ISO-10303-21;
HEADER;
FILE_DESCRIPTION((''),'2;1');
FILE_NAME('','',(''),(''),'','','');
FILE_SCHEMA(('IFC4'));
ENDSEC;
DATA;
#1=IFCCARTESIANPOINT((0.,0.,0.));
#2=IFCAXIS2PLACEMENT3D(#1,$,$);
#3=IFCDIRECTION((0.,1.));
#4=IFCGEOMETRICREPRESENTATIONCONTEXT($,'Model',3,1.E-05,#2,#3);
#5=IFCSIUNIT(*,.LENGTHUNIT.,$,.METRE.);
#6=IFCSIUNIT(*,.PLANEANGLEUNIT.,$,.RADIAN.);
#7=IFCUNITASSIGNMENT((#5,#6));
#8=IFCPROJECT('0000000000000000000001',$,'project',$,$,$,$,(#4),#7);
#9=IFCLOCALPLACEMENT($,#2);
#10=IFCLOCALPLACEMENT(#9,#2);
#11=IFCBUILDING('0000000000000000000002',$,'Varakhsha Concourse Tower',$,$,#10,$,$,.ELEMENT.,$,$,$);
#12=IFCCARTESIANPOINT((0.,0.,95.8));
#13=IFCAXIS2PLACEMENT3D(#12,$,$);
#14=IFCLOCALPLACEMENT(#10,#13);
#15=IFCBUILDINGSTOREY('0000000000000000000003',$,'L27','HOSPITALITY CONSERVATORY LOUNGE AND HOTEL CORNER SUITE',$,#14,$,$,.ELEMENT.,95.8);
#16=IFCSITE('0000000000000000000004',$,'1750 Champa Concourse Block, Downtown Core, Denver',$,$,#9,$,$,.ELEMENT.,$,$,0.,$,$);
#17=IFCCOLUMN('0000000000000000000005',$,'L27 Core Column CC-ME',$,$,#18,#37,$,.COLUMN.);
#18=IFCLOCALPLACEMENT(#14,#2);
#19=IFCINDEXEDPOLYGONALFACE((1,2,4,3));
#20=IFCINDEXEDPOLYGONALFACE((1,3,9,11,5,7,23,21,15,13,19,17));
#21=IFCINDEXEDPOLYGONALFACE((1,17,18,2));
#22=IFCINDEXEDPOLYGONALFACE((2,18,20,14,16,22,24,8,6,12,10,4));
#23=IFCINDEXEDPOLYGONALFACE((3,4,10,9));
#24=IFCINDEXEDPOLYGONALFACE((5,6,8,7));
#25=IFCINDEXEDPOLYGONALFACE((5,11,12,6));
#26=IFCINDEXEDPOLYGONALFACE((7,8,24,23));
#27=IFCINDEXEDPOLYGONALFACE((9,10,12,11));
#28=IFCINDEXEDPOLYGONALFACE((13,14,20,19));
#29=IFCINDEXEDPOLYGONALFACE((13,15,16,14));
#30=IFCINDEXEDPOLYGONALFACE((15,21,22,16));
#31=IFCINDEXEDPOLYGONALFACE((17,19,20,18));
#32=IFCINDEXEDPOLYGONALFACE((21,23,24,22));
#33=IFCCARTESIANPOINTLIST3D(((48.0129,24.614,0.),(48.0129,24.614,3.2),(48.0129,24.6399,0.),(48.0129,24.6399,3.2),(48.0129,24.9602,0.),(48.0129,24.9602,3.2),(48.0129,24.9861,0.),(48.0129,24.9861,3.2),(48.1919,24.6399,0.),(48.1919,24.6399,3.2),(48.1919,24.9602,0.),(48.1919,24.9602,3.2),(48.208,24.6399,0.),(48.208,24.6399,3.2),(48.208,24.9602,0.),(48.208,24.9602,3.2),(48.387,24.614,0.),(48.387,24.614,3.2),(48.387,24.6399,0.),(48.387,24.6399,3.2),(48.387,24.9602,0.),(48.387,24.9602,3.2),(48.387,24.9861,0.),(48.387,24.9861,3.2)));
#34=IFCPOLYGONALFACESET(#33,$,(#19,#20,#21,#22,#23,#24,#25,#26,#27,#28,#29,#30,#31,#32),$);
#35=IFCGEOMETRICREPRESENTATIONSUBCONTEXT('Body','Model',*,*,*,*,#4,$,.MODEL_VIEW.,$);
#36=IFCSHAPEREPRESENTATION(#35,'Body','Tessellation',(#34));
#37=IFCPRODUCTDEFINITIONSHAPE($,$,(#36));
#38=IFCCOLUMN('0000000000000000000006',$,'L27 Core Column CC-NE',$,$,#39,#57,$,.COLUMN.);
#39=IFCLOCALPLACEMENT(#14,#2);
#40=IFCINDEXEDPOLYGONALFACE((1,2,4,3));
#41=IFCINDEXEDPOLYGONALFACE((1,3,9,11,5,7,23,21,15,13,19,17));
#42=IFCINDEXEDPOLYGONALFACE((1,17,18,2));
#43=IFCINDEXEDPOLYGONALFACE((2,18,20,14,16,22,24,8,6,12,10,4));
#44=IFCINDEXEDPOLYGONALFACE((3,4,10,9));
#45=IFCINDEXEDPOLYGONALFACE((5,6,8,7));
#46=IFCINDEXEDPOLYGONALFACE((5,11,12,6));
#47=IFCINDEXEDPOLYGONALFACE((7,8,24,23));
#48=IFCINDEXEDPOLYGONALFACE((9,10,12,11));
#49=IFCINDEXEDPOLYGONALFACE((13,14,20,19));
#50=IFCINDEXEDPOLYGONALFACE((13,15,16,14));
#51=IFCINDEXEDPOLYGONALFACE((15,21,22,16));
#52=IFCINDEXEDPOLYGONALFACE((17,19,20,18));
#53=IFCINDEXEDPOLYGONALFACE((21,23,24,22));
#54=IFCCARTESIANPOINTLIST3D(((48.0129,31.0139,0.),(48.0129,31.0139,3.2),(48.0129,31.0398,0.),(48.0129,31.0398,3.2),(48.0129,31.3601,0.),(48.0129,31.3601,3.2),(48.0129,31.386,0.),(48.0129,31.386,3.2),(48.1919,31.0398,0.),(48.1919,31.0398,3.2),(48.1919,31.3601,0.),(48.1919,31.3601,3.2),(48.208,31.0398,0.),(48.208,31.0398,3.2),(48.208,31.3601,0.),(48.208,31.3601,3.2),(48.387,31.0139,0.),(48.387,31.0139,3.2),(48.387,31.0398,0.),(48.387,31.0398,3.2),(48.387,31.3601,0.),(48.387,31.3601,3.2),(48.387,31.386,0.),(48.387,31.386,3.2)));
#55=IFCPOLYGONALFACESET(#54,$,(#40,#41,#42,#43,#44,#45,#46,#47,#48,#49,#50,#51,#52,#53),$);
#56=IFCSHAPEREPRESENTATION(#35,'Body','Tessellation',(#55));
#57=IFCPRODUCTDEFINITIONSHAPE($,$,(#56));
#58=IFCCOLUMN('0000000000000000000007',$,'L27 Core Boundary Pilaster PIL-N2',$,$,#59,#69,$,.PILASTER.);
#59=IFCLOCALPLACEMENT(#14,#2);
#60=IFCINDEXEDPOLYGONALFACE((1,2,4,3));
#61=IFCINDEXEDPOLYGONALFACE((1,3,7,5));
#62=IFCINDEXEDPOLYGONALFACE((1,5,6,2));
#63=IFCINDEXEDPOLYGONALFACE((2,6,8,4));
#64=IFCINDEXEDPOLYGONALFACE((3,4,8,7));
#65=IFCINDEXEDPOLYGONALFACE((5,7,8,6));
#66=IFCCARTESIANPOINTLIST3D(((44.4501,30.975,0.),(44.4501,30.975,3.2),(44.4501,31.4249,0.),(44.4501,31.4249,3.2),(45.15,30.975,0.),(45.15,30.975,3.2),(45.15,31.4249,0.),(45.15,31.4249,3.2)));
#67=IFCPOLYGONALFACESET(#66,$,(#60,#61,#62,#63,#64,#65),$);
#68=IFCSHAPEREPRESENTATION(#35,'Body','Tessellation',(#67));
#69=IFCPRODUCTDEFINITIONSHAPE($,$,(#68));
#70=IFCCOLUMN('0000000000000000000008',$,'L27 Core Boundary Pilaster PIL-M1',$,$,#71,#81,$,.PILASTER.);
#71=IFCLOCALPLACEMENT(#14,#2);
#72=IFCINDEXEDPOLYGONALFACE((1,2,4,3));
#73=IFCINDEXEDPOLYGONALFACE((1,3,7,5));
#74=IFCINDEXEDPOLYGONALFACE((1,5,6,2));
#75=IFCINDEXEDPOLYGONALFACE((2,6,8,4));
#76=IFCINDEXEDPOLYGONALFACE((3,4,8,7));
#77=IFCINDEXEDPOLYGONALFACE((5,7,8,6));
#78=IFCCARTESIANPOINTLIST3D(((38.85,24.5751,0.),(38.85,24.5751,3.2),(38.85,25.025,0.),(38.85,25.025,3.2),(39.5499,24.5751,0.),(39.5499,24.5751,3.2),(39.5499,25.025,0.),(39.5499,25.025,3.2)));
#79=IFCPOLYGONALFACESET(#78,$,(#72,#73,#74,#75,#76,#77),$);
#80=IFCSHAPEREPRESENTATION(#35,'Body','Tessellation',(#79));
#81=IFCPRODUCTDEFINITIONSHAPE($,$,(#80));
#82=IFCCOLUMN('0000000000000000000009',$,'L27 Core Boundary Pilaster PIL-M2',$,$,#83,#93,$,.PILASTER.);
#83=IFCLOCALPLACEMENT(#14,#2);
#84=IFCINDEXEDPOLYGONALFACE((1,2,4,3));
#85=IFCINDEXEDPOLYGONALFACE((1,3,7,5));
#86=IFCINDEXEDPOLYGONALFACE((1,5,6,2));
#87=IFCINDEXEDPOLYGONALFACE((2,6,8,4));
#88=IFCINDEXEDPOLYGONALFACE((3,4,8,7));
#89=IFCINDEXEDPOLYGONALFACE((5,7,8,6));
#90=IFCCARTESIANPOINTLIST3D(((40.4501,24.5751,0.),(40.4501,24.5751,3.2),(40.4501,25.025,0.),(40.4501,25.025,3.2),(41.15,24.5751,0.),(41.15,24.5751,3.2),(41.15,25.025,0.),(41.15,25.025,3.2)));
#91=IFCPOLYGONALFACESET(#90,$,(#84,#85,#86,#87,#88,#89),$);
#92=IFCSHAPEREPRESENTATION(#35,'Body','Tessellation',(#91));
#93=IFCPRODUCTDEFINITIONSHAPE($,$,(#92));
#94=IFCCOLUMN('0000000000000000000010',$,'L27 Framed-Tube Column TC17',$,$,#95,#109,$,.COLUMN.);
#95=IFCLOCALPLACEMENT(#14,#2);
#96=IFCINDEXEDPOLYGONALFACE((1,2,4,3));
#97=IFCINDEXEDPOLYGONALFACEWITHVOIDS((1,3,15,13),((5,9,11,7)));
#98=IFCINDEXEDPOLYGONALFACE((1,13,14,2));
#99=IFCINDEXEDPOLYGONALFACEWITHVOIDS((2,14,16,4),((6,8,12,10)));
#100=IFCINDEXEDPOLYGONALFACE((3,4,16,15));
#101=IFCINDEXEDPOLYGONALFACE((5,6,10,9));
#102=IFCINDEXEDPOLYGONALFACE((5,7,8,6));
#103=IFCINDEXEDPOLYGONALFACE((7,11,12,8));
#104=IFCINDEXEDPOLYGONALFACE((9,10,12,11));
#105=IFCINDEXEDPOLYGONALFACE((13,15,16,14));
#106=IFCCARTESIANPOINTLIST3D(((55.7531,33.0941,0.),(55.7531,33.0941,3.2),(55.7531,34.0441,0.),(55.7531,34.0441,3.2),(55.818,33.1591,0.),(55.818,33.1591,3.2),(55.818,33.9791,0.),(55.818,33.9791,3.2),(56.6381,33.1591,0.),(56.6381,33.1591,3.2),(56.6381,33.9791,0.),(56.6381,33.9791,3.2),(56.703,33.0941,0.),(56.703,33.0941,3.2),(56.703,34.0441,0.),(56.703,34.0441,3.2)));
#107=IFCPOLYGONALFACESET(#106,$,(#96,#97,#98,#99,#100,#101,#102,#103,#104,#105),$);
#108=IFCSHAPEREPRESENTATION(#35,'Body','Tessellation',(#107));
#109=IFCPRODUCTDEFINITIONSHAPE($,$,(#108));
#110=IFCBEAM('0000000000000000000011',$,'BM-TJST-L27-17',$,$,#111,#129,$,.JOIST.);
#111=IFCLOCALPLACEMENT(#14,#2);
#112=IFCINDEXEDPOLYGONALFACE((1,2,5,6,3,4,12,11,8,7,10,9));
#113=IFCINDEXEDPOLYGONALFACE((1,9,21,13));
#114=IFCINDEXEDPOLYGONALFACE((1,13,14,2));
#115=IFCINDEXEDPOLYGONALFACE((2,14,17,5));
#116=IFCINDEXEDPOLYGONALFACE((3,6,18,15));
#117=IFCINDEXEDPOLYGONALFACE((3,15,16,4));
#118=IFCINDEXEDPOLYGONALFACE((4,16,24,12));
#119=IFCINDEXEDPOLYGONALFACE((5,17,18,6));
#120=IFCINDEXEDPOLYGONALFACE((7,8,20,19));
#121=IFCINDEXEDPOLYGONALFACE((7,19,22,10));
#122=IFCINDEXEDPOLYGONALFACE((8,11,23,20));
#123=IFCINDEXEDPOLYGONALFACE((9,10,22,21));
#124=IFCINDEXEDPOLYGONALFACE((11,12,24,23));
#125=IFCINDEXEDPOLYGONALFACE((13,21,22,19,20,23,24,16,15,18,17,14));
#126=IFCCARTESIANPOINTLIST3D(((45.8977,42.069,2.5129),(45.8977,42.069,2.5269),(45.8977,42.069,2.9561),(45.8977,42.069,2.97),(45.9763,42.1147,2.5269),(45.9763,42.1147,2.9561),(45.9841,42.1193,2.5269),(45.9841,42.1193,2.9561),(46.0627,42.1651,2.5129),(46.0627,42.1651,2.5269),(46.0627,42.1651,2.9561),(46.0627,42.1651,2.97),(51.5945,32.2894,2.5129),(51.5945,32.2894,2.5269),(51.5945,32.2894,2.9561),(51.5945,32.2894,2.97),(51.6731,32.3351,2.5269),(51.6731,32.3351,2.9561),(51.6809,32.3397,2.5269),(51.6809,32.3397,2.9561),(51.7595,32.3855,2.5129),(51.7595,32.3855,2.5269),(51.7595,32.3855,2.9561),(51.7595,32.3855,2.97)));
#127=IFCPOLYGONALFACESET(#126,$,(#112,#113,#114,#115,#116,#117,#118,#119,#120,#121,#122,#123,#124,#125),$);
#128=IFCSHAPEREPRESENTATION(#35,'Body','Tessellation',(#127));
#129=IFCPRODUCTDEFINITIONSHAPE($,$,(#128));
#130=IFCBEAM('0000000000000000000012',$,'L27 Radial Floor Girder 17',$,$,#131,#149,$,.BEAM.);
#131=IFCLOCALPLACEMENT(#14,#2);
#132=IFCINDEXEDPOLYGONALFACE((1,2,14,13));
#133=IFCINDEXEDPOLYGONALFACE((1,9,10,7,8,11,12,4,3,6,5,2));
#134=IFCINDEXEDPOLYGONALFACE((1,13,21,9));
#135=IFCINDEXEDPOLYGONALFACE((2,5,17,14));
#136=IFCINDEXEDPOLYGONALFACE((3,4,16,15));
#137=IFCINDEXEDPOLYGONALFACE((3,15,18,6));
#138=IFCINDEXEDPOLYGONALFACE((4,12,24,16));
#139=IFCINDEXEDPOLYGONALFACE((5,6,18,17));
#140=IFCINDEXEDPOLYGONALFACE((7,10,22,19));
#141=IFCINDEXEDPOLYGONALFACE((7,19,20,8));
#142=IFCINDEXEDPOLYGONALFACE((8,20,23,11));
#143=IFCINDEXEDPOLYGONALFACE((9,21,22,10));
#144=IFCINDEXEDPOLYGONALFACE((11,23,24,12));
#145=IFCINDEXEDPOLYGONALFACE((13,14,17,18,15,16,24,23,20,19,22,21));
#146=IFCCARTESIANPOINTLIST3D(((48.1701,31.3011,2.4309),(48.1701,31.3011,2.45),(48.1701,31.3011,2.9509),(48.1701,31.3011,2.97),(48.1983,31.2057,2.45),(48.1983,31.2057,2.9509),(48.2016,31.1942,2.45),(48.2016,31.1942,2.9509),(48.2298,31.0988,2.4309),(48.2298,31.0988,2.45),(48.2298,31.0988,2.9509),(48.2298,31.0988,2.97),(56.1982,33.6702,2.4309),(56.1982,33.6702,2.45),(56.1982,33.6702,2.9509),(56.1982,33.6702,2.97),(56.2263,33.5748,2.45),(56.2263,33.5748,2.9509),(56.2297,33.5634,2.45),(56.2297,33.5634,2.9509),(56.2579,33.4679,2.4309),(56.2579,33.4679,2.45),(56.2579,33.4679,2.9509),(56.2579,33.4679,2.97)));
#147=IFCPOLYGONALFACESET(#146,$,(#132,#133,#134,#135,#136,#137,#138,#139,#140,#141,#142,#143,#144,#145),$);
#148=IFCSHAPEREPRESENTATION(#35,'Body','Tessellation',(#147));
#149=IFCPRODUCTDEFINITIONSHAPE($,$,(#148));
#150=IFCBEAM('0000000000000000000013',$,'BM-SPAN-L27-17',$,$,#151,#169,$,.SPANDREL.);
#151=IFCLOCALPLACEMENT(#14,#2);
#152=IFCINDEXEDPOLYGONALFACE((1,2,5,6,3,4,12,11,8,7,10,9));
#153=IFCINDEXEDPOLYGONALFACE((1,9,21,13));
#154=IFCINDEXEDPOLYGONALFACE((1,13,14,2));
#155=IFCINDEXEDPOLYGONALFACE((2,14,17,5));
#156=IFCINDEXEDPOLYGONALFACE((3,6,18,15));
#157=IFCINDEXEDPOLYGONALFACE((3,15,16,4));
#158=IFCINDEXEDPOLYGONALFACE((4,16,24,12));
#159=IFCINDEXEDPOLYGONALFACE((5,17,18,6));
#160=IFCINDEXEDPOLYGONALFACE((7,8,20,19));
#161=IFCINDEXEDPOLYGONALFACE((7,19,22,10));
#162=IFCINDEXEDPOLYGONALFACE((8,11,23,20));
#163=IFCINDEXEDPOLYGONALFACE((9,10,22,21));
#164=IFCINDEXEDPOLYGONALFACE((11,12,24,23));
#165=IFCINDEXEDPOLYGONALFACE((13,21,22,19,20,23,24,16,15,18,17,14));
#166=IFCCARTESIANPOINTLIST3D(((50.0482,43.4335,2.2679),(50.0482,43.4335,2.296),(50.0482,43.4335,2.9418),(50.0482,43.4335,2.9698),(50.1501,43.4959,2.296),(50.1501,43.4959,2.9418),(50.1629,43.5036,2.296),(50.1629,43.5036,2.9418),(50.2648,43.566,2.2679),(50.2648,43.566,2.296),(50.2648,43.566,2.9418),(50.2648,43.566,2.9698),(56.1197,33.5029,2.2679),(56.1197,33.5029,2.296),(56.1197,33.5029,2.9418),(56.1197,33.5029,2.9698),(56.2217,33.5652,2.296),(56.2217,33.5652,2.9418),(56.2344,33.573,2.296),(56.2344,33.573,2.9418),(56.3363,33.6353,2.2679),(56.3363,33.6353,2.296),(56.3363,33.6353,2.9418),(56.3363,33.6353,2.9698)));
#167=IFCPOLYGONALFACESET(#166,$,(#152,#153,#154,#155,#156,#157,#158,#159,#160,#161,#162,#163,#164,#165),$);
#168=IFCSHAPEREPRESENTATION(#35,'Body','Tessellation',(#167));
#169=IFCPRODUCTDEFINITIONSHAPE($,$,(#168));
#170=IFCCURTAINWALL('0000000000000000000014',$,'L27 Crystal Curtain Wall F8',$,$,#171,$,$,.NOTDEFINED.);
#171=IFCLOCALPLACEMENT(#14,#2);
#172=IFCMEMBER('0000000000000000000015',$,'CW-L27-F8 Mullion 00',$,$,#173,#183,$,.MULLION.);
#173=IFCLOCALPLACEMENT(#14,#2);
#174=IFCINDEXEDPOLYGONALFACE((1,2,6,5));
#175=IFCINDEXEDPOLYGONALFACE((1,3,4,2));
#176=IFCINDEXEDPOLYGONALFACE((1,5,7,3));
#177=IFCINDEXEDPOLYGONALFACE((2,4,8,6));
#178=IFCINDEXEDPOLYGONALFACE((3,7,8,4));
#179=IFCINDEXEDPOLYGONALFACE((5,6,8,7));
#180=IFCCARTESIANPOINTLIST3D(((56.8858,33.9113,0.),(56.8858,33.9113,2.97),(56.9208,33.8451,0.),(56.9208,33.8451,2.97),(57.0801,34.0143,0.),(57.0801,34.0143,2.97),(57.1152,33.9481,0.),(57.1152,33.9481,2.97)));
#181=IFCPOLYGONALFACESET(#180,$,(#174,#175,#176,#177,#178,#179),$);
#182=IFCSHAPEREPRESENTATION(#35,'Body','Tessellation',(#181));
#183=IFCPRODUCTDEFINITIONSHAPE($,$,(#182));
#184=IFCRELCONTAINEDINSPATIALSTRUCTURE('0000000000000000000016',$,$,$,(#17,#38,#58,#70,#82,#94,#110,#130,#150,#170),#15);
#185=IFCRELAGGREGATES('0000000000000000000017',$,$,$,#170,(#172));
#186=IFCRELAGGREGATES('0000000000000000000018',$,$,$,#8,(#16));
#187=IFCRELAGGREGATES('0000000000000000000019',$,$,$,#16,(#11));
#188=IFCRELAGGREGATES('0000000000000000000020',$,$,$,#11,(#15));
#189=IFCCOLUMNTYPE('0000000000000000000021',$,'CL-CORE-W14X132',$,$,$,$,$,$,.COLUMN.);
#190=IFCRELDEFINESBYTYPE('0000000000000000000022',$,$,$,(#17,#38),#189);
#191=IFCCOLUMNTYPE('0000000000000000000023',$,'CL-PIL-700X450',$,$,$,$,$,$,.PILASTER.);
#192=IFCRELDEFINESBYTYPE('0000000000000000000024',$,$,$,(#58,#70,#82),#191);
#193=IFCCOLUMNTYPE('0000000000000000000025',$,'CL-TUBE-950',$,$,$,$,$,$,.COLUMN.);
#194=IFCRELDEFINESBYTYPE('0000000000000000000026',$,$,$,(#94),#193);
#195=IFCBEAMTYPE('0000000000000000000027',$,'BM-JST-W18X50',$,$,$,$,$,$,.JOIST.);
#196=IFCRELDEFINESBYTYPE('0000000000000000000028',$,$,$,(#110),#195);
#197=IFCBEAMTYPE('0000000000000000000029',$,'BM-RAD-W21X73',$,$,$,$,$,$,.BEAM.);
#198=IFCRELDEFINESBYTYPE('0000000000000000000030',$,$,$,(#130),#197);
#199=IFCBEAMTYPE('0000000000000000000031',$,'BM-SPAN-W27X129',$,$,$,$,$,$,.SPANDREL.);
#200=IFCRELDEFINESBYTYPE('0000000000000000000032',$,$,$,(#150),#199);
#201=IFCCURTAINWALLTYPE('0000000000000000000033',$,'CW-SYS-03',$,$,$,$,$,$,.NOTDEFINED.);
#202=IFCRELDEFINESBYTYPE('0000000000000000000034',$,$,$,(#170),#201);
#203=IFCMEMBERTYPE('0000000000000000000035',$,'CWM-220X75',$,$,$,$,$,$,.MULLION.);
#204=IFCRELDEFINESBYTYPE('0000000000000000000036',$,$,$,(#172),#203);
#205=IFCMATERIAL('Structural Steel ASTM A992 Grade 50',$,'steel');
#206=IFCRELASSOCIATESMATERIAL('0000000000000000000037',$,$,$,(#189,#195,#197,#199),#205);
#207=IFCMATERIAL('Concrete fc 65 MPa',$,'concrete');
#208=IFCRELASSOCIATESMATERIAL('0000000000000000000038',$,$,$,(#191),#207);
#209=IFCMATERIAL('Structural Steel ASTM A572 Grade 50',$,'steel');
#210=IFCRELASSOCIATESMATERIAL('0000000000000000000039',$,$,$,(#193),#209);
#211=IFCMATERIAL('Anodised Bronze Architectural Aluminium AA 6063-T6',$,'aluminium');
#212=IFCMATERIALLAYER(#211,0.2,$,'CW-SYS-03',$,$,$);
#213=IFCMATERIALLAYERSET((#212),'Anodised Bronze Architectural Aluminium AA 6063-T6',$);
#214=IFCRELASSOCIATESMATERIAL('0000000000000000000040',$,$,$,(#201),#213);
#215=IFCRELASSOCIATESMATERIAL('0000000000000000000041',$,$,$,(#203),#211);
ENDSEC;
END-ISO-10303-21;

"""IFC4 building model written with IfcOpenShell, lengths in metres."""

from ifc_helpers import new_model, si_unit, direction, frame, origin, origin_2d, place, context, subcontext, project, spatial, rectangle, hollow_rectangle, i_section, extrude, source, transform, mapped, material, layer, layer_set, material_profile, profile_set, type_object, type_shapes, element, aggregate, save


model = new_model("IFC4")

# Units and contexts
model_context = context("Model", 3, precision=1e-05, world=origin(), true_north=direction((0.0, 1.0)))
body_context = subcontext(model_context, "Body", "Model", "MODEL_VIEW")
ifc_project = project(units=[si_unit("LENGTHUNIT", "METRE"), si_unit("PLANEANGLEUNIT", "RADIAN")], contexts=[model_context])

# Site, building, storey
site_placement = place(None, origin())
site = spatial("IfcSite", under=ifc_project, at=site_placement, Name="1750 Champa Concourse Block, Downtown Core, Denver", CompositionType="ELEMENT", RefElevation=0.0)
building_placement = place(site_placement, origin())
building = spatial("IfcBuilding", under=site, at=building_placement, Name="Varakhsha Concourse Tower", CompositionType="ELEMENT")
storey_placement = place(building_placement, frame((0.0, 0.0, 95.8)))
storey = spatial("IfcBuildingStorey", under=building, at=storey_placement, Name="L27", Description="HOSPITALITY CONSERVATORY LOUNGE AND HOTEL CORNER SUITE", CompositionType="ELEMENT", Elevation=95.8)

# Columns
ifc_material_1 = material(Name="Structural Steel ASTM A992 Grade 50", Category="steel")
ifc_material_profile_1 = material_profile(ifc_material_1, i_section(OverallWidth=0.374, OverallDepth=0.3721, WebThickness=0.0161, FlangeThickness=0.0259, at=origin_2d()), Name="W14X132")
ifc_profile_set_1 = profile_set([ifc_material_profile_1], Name="Structural Steel ASTM A992 Grade 50")
column_type_1 = type_object("IfcColumnType", Name="CL-CORE-W14X132", PredefinedType="COLUMN", material=ifc_profile_set_1)
for number, where, z_axis, x_axis, name in (
    (1, (48.2, 24.8, 0.0), (0.0, 0.0, 1.0), (1.0, 0.0, 0.0), "L27 Core Column CC-ME"),
    (2, (48.2, 31.2, 0.0), (0.0, 0.0, 1.0), (1.0, 0.0, 0.0), "L27 Core Column CC-NE"),
):
    element("IfcColumn", number, at=place(storey_placement, frame(where, z_axis=z_axis, x_axis=x_axis)), inside=storey, type_object=column_type_1, Name=name, PredefinedType="COLUMN", context=body_context, shape_type="SweptSolid", body=[
        extrude(i_section(OverallWidth=0.374, OverallDepth=0.3721, WebThickness=0.0161, FlangeThickness=0.0259, at=origin_2d()), origin(), (0.0, 0.0, 1.0), 3.2),
    ])
ifc_material_2 = material(Name="Concrete fc 65 MPa", Category="concrete")
ifc_material_profile_2 = material_profile(ifc_material_2, rectangle(XDim=0.7, YDim=0.45, at=origin_2d()), Name="RC 700x450")
ifc_profile_set_2 = profile_set([ifc_material_profile_2], Name="Concrete fc 65 MPa")
column_type_2 = type_object("IfcColumnType", Name="CL-PIL-700X450", PredefinedType="PILASTER", material=ifc_profile_set_2)
for number, where, z_axis, x_axis, name in (
    (3, (44.8, 31.2, 0.0), (0.0, 0.0, 1.0), (1.0, 0.0, 0.0), "L27 Core Boundary Pilaster PIL-N2"),
    (4, (39.2, 24.8, 0.0), (0.0, 0.0, 1.0), (1.0, 0.0, 0.0), "L27 Core Boundary Pilaster PIL-M1"),
    (5, (40.8, 24.8, 0.0), (0.0, 0.0, 1.0), (1.0, 0.0, 0.0), "L27 Core Boundary Pilaster PIL-M2"),
):
    element("IfcColumn", number, at=place(storey_placement, frame(where, z_axis=z_axis, x_axis=x_axis)), inside=storey, type_object=column_type_2, Name=name, PredefinedType="PILASTER", context=body_context, shape_type="SweptSolid", body=[
        extrude(rectangle(XDim=0.7, YDim=0.45, at=origin_2d()), origin(), (0.0, 0.0, 1.0), 3.2),
    ])
ifc_material_3 = material(Name="Structural Steel ASTM A572 Grade 50", Category="steel")
ifc_material_profile_3 = material_profile(ifc_material_3, hollow_rectangle(XDim=0.95, YDim=0.95, WallThickness=0.0649, at=origin_2d()), Name="BOX 950x950x65")
ifc_profile_set_3 = profile_set([ifc_material_profile_3], Name="Structural Steel ASTM A572 Grade 50")
column_type_3 = type_object("IfcColumnType", Name="CL-TUBE-950", PredefinedType="COLUMN", material=ifc_profile_set_3)
column_placement = place(storey_placement, frame((56.228, 33.5691, 0.0), z_axis=(0.0, 0.0, 1.0), x_axis=(1.0, 0.0, 0.0)))
element("IfcColumn", 6, at=column_placement, inside=storey, type_object=column_type_3, Name="L27 Framed-Tube Column TC17", PredefinedType="COLUMN", context=body_context, shape_type="SweptSolid", body=[
    extrude(hollow_rectangle(XDim=0.95, YDim=0.95, WallThickness=0.0649, at=origin_2d()), origin(), (0.0, 0.0, 1.0), 3.2),
])

# Beams
ifc_material_profile_4 = material_profile(ifc_material_1, i_section(OverallWidth=0.1909, OverallDepth=0.457, WebThickness=0.009, FlangeThickness=0.0139, at=origin_2d()), Name="W18X50")
ifc_profile_set_4 = profile_set([ifc_material_profile_4], Name="Structural Steel ASTM A992 Grade 50")
beam_type_1 = type_object("IfcBeamType", Name="BM-JST-W18X50", PredefinedType="JOIST", material=ifc_profile_set_4)
beam_1_placement = place(storey_placement, frame((51.677, 32.3374, 2.7415), z_axis=(-0.503347, 0.864085, 0.0), x_axis=(-0.864085, -0.503347, 0.0)))
element("IfcBeam", 7, at=beam_1_placement, inside=storey, type_object=beam_type_1, Name="BM-TJST-L27-17", PredefinedType="JOIST", context=body_context, shape_type="SweptSolid", body=[
    extrude(i_section(OverallWidth=0.1909, OverallDepth=0.457, WebThickness=0.009, FlangeThickness=0.0139, at=origin_2d()), origin(), (0.0, 0.0, 1.0), 11.3179),
])
ifc_material_profile_5 = material_profile(ifc_material_1, i_section(OverallWidth=0.2109, OverallDepth=0.5391, WebThickness=0.012, FlangeThickness=0.019, at=origin_2d()), Name="W21X73")
ifc_profile_set_5 = profile_set([ifc_material_profile_5], Name="Structural Steel ASTM A992 Grade 50")
beam_type_2 = type_object("IfcBeamType", Name="BM-RAD-W21X73", PredefinedType="BEAM", material=ifc_profile_set_5)
beam_2_placement = place(storey_placement, frame((48.2, 31.2, 2.7004), z_axis=(0.959108, 0.283039, 0.0), x_axis=(-0.283039, 0.959108, 0.0)))
element("IfcBeam", 8, at=beam_2_placement, inside=storey, type_object=beam_type_2, Name="L27 Radial Floor Girder 17", PredefinedType="BEAM", context=body_context, shape_type="SweptSolid", body=[
    extrude(i_section(OverallWidth=0.2109, OverallDepth=0.5391, WebThickness=0.012, FlangeThickness=0.019, at=origin_2d()), origin(), (0.0, 0.0, 1.0), 8.3704),
])
ifc_material_profile_6 = material_profile(ifc_material_1, i_section(OverallWidth=0.2539, OverallDepth=0.7019, WebThickness=0.0149, FlangeThickness=0.0281, at=origin_2d()), Name="W27X129")
ifc_profile_set_6 = profile_set([ifc_material_profile_6], Name="Structural Steel ASTM A992 Grade 50")
beam_type_3 = type_object("IfcBeamType", Name="BM-SPAN-W27X129", PredefinedType="SPANDREL", material=ifc_profile_set_6)
beam_3_placement = place(storey_placement, frame((56.228, 33.5691, 2.6189), z_axis=(-0.521625, 0.853175, 0.0), x_axis=(-0.853175, -0.521625, 0.0)))
element("IfcBeam", 9, at=beam_3_placement, inside=storey, type_object=beam_type_3, Name="BM-SPAN-L27-17", PredefinedType="SPANDREL", context=body_context, shape_type="SweptSolid", body=[
    extrude(i_section(OverallWidth=0.2539, OverallDepth=0.7019, WebThickness=0.0149, FlangeThickness=0.0281, at=origin_2d()), origin(), (0.0, 0.0, 1.0), 11.6396),
])

# Curtain wall, member
ifc_material_4 = material(Name="Anodised Bronze Architectural Aluminium AA 6063-T6", Category="aluminium")
ifc_layer_1 = layer(ifc_material_4, 0.2, Name="CW-SYS-03")
ifc_layer_set_1 = layer_set([ifc_layer_1], Name="Anodised Bronze Architectural Aluminium AA 6063-T6")
curtain_wall_type = type_object("IfcCurtainWallType", Name="CW-SYS-03", PredefinedType="NOTDEFINED", material=ifc_layer_set_1)
curtain_wall_1_placement = place(storey_placement, origin())
curtain_wall_1 = element("IfcCurtainWall", 10, at=curtain_wall_1_placement, inside=storey, type_object=curtain_wall_type, Name="L27 Crystal Curtain Wall F8", PredefinedType="NOTDEFINED")
ifc_material_profile_7 = material_profile(ifc_material_4, rectangle(XDim=0.075, YDim=0.22, at=origin_2d()), Name="CWM-220X75")
ifc_profile_set_7 = profile_set([ifc_material_profile_7], Name="Anodised Bronze Architectural Aluminium AA 6063-T6")
member_type_1 = type_object("IfcMemberType", Name="CWM-220X75", PredefinedType="MULLION", material=ifc_profile_set_7)
shared_shape_1 = source(origin(), body_context, "Body", "SweptSolid", [
    extrude(rectangle(XDim=0.075, YDim=0.22, at=origin_2d()), origin(), (0.0, 0.0, 1.0), 2.97),
])
type_shapes(member_type_1, [shared_shape_1])
member_1_placement = place(storey_placement, frame((57.0005, 33.9297, 0.0), z_axis=(0.0, 0.0, 1.0), x_axis=(0.468124, -0.883663, 0.0)))
member_1 = element("IfcMember", 11, at=member_1_placement, type_object=member_type_1, Name="CW-L27-F8 Mullion 00", PredefinedType="MULLION", context=body_context, shape_type="MappedRepresentation", body=[
    mapped(shared_shape_1, transform((0.0, 0.0, 0.0), scale=1.0)),
])

aggregate(curtain_wall_1, [member_1])

save(model, "model.ifc")
